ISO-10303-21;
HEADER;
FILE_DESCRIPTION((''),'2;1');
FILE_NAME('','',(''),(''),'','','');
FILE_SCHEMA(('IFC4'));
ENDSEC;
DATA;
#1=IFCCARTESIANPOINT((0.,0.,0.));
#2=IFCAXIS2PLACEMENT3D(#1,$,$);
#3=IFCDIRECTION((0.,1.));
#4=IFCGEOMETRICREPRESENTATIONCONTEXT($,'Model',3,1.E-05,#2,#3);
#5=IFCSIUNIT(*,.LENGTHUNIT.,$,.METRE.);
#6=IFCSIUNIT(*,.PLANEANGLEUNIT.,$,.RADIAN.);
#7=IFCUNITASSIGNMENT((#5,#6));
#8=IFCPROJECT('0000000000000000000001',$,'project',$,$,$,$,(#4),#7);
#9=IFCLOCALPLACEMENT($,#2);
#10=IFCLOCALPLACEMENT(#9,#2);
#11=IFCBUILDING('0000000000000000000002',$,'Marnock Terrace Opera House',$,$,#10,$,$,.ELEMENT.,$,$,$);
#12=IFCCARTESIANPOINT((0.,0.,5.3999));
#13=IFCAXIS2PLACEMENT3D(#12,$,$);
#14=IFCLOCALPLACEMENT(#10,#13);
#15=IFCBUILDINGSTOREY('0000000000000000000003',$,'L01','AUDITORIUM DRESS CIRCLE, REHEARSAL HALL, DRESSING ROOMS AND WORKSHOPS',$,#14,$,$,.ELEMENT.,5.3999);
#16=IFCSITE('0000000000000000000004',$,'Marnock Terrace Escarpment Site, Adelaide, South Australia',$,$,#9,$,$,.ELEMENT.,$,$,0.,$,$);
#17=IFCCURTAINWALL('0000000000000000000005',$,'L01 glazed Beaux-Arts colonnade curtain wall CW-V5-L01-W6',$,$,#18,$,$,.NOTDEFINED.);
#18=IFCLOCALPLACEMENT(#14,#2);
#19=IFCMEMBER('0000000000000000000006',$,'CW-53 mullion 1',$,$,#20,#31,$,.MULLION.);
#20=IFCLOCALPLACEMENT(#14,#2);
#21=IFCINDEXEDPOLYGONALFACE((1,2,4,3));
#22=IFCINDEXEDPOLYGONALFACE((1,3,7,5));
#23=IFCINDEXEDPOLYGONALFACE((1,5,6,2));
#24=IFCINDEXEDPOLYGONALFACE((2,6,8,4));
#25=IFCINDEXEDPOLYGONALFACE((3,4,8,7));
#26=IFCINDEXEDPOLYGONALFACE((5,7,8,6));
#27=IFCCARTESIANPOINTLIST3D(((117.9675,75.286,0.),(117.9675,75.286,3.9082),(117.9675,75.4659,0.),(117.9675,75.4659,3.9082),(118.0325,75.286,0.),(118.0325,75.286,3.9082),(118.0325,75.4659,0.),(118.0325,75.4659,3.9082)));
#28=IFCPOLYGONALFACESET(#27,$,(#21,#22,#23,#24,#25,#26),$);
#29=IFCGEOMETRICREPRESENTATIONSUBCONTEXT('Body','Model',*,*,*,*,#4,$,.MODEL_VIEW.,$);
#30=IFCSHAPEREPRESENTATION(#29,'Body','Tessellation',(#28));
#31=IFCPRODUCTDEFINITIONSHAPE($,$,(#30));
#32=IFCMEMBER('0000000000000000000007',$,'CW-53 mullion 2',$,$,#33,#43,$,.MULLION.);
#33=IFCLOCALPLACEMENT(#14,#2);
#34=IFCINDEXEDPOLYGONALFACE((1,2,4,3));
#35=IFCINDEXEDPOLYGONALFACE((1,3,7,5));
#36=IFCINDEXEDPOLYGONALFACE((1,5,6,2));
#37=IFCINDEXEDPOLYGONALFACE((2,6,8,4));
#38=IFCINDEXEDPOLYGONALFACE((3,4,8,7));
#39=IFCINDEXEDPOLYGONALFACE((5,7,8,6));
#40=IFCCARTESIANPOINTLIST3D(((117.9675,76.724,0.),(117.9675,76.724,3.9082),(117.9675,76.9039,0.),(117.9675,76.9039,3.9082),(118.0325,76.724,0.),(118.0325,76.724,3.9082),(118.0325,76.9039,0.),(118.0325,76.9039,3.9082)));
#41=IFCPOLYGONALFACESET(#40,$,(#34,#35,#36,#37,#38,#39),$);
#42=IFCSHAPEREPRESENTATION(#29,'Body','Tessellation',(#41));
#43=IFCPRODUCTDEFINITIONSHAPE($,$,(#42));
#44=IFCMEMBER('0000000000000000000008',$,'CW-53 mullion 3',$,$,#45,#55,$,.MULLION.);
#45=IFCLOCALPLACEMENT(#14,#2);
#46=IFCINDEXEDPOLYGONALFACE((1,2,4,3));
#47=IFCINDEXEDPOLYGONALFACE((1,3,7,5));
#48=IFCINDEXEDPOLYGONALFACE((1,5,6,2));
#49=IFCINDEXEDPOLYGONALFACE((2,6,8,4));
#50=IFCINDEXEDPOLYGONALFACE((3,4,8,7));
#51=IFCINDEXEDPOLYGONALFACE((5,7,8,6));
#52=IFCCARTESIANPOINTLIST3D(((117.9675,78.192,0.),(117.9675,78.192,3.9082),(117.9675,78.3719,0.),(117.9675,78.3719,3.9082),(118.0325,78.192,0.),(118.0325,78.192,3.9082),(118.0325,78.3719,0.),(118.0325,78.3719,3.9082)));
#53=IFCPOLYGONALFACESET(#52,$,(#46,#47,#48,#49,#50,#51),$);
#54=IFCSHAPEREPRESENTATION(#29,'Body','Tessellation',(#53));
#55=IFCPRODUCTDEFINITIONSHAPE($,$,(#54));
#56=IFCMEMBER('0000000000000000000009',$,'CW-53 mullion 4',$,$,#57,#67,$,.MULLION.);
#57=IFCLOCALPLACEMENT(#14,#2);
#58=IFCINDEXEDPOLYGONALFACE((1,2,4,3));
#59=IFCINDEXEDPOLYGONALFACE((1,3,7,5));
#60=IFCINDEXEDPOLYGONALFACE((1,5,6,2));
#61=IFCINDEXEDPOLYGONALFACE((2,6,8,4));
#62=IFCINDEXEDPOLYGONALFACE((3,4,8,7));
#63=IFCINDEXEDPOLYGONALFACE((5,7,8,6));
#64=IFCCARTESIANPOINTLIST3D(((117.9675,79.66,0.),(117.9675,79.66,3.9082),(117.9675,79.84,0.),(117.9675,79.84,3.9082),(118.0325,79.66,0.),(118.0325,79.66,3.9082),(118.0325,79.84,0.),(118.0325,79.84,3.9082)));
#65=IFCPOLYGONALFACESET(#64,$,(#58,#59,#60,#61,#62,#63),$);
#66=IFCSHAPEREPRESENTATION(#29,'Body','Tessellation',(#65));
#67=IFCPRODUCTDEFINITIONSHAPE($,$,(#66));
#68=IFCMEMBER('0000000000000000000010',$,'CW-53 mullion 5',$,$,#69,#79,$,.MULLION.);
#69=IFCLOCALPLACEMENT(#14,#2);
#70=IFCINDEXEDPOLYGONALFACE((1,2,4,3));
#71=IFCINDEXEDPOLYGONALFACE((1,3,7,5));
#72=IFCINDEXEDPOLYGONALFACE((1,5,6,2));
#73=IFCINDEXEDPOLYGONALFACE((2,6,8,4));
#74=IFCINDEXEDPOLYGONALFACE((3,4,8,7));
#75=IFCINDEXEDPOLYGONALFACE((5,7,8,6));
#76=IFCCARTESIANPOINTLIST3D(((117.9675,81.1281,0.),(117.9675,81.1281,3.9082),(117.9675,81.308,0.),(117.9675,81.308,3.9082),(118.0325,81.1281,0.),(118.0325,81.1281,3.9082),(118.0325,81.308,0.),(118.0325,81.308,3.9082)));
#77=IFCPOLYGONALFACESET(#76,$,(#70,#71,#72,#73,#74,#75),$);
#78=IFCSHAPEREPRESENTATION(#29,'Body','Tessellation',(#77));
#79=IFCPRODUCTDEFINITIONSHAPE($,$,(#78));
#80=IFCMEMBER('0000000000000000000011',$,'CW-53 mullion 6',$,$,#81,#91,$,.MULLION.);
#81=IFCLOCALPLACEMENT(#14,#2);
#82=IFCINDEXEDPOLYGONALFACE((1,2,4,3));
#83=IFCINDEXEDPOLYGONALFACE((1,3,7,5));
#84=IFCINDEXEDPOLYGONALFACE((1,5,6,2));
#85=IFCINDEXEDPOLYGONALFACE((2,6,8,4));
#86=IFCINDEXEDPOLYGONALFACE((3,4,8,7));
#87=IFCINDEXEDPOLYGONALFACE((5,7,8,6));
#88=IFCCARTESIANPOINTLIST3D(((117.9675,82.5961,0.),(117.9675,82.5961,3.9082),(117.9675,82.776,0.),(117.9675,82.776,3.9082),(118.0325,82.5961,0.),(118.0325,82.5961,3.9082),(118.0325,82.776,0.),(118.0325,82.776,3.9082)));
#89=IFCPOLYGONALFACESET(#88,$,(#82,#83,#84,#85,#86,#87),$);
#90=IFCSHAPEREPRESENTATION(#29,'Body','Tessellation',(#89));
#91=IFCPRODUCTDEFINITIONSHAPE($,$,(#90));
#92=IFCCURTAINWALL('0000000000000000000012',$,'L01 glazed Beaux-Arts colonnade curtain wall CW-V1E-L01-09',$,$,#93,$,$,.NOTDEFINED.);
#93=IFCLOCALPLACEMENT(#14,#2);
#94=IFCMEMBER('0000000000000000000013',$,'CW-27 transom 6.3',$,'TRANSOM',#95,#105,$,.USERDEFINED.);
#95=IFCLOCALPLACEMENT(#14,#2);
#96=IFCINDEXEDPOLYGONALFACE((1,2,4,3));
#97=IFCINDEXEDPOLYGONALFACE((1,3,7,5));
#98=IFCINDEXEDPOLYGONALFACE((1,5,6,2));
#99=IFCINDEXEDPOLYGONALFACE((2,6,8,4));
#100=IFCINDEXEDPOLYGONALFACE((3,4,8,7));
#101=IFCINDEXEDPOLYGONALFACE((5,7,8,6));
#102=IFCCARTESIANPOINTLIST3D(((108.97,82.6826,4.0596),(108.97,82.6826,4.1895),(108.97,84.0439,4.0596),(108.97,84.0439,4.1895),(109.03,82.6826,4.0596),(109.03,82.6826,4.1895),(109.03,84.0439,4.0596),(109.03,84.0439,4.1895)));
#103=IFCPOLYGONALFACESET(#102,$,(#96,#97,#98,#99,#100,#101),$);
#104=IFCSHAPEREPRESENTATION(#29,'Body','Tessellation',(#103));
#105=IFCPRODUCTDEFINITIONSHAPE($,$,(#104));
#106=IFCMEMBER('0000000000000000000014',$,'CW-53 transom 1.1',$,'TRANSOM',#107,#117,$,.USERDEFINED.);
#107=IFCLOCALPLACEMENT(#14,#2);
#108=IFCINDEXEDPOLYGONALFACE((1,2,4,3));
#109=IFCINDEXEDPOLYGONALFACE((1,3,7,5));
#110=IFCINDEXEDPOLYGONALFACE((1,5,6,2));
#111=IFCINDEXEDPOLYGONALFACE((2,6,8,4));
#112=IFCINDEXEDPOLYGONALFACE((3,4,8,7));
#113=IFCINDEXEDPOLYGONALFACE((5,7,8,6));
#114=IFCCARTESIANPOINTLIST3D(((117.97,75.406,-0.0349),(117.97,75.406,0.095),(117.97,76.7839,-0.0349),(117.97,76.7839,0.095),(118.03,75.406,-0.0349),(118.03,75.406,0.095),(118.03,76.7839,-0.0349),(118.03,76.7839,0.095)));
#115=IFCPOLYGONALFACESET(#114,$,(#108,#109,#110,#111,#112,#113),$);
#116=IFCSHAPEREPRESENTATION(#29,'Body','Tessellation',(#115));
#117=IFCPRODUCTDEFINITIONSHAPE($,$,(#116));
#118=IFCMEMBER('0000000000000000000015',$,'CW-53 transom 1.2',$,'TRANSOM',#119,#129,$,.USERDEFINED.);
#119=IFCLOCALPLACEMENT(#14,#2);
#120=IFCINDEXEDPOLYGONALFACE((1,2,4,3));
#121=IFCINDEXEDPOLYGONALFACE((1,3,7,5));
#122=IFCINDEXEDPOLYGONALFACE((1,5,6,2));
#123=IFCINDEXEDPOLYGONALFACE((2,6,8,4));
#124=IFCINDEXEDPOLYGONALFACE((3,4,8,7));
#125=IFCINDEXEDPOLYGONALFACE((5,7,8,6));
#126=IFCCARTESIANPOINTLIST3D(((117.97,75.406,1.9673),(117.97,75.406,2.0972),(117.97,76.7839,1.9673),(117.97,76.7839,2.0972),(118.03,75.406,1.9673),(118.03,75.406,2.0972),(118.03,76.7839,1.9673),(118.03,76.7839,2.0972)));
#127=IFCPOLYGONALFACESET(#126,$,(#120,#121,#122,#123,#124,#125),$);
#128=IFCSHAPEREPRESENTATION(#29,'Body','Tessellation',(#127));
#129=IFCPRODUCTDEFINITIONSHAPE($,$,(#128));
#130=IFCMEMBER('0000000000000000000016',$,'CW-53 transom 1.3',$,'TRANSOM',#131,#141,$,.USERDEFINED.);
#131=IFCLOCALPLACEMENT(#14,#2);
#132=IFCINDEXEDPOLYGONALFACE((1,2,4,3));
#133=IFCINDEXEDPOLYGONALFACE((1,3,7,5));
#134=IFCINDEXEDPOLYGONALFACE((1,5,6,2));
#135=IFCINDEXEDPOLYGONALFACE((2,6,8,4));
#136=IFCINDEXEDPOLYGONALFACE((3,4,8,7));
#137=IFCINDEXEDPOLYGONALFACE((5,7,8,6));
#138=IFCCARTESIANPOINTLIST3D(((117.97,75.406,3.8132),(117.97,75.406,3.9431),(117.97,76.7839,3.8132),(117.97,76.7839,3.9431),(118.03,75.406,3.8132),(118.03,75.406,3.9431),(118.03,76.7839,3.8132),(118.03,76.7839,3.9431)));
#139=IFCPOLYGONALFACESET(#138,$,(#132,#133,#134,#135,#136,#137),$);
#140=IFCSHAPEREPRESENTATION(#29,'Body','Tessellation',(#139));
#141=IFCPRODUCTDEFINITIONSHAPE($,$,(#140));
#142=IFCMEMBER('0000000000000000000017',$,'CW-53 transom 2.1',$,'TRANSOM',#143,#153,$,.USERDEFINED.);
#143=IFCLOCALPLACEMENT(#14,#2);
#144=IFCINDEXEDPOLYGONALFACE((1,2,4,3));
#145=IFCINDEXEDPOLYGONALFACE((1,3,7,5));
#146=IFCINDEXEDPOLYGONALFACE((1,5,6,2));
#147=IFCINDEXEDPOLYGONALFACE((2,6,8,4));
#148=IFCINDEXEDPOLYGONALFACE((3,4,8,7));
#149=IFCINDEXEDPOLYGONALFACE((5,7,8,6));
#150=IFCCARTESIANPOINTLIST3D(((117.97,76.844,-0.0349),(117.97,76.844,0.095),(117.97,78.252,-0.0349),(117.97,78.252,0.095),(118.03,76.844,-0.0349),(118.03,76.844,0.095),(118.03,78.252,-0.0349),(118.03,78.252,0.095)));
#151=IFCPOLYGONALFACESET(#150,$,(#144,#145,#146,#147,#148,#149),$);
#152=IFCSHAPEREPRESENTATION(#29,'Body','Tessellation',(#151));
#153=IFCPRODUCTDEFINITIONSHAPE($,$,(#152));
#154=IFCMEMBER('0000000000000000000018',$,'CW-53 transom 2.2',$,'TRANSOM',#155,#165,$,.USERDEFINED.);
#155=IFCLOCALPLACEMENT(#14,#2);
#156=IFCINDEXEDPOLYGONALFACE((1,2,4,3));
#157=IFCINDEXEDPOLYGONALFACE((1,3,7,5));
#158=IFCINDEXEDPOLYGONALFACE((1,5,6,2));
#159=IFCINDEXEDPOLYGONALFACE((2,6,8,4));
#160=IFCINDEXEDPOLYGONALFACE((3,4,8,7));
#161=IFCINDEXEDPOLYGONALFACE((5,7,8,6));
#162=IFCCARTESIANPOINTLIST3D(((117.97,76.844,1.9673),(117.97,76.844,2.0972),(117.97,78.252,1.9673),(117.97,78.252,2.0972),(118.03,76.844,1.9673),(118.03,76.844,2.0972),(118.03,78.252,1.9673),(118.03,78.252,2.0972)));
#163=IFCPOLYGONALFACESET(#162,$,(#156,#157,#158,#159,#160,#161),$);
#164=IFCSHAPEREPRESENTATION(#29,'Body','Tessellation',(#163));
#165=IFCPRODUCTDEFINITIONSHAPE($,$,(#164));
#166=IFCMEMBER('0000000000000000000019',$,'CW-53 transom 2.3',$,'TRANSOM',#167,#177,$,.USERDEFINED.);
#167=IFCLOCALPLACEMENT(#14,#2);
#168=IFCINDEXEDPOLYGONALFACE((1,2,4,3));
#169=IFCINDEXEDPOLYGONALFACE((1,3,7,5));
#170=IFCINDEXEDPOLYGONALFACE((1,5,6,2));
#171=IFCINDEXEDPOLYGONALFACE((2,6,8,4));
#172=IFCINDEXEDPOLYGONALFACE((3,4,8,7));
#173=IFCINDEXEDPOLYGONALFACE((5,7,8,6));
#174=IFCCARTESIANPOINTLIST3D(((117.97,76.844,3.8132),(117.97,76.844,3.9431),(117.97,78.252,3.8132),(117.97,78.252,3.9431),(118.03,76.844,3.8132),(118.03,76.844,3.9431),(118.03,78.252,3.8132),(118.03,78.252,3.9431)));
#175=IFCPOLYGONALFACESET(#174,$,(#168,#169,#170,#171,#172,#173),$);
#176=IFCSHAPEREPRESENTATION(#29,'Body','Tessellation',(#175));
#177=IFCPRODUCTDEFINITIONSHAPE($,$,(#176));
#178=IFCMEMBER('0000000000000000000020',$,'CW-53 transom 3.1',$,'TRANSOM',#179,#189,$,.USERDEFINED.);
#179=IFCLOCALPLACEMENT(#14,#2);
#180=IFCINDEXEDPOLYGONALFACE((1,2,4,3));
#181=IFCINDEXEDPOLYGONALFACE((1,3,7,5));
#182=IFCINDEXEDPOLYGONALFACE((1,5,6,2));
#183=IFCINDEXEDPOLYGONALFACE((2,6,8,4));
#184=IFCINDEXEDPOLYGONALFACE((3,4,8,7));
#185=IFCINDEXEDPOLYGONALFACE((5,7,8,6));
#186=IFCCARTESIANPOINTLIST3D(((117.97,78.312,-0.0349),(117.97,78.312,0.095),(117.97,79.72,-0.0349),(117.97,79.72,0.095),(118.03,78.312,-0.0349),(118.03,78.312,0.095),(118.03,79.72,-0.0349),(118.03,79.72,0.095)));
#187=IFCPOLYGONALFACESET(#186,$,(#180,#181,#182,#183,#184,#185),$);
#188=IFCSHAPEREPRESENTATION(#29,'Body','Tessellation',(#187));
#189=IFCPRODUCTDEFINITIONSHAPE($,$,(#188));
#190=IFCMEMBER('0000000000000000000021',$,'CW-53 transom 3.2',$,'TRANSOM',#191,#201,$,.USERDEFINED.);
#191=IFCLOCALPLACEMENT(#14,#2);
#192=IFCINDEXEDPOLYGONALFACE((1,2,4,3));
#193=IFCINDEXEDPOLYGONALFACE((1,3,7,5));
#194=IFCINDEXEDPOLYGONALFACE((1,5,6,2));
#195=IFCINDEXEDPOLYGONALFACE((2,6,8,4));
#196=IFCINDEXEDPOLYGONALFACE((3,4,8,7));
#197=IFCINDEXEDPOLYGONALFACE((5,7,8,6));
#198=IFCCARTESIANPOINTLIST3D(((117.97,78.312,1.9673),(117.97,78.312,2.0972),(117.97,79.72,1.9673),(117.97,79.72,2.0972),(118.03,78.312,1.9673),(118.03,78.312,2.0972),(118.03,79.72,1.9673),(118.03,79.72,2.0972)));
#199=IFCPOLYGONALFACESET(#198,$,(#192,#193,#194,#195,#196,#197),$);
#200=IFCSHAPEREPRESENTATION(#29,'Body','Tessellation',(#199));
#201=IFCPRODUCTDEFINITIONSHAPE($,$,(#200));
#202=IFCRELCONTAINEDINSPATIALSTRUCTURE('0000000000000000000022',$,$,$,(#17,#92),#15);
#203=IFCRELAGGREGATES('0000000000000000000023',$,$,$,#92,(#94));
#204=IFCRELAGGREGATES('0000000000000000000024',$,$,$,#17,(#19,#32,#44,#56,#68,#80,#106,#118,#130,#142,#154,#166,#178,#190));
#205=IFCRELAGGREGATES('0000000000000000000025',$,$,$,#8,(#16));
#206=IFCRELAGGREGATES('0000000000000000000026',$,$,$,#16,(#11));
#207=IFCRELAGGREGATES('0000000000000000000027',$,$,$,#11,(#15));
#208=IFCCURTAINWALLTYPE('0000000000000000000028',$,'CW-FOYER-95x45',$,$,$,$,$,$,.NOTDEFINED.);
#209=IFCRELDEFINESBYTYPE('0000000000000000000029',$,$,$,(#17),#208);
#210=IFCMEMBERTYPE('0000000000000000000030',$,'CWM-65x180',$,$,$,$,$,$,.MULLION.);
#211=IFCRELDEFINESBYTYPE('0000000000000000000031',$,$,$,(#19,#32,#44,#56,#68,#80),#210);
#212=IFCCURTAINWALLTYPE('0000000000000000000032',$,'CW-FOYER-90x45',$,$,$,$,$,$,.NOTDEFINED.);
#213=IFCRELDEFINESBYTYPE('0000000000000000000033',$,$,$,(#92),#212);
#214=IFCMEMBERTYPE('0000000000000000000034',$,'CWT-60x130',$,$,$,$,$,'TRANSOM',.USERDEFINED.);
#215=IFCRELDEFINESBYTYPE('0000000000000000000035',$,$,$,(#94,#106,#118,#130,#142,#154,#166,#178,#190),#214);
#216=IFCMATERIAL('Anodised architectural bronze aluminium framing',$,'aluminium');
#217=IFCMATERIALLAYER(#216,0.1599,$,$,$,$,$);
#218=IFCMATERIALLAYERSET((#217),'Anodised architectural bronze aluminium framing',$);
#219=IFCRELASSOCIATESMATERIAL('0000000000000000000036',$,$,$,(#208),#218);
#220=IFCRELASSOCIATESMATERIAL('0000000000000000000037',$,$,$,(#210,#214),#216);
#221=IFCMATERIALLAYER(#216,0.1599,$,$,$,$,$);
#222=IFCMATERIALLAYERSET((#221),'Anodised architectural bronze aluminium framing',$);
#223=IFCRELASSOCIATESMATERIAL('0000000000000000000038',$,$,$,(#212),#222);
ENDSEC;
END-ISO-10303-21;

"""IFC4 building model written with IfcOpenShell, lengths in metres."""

from ifc_helpers import new_model, si_unit, direction, frame, origin, origin_2d, place, context, subcontext, project, spatial, rectangle, extrude, material, layer, layer_set, material_profile, profile_set, type_object, element, aggregate, save


model = new_model("IFC4")

# Units and contexts
model_context = context("Model", 3, precision=1e-05, world=origin(), true_north=direction((0.0, 1.0)))
body_context = subcontext(model_context, "Body", "Model", "MODEL_VIEW")
ifc_project = project(units=[si_unit("LENGTHUNIT", "METRE"), si_unit("PLANEANGLEUNIT", "RADIAN")], contexts=[model_context])

# Site, building, storey
site_placement = place(None, origin())
site = spatial("IfcSite", under=ifc_project, at=site_placement, Name="Marnock Terrace Escarpment Site, Adelaide, South Australia", CompositionType="ELEMENT", RefElevation=0.0)
building_placement = place(site_placement, origin())
building = spatial("IfcBuilding", under=site, at=building_placement, Name="Marnock Terrace Opera House", CompositionType="ELEMENT")
storey_placement = place(building_placement, frame((0.0, 0.0, 5.3999)))
storey = spatial("IfcBuildingStorey", under=building, at=storey_placement, Name="L01", Description="AUDITORIUM DRESS CIRCLE, REHEARSAL HALL, DRESSING ROOMS AND WORKSHOPS", CompositionType="ELEMENT", Elevation=5.3999)

# Curtain wall, members
ifc_material_1 = material(Name="Anodised architectural bronze aluminium framing", Category="aluminium")
ifc_layer_1 = layer(ifc_material_1, 0.1599)
ifc_layer_set_1 = layer_set([ifc_layer_1], Name="Anodised architectural bronze aluminium framing")
curtain_wall_type_1 = type_object("IfcCurtainWallType", Name="CW-FOYER-95x45", PredefinedType="NOTDEFINED", material=ifc_layer_set_1)
curtain_wall_1_placement = place(storey_placement, origin())
curtain_wall_1 = element("IfcCurtainWall", 1, at=curtain_wall_1_placement, inside=storey, type_object=curtain_wall_type_1, Name="L01 glazed Beaux-Arts colonnade curtain wall CW-V5-L01-W6", PredefinedType="NOTDEFINED")
ifc_material_profile_1 = material_profile(ifc_material_1, rectangle(XDim=0.0649, YDim=0.1799, at=origin_2d()))
ifc_profile_set_1 = profile_set([ifc_material_profile_1], Name="Anodised architectural bronze aluminium framing")
member_type_1 = type_object("IfcMemberType", Name="CWM-65x180", PredefinedType="MULLION", material=ifc_profile_set_1)
member_1_placement = place(storey_placement, frame((118.0, 75.376, 0.0), z_axis=(0.0, 0.0, 1.0), x_axis=(-1.0, 0.0, 0.0)))
member_1 = element("IfcMember", 2, at=member_1_placement, type_object=member_type_1, Name="CW-53 mullion 1", PredefinedType="MULLION", context=body_context, shape_type="SweptSolid", body=[
    extrude(rectangle(XDim=0.0649, YDim=0.1799, at=origin_2d()), origin(), (0.0, 0.0, 1.0), 3.9082),
])
member_2_placement = place(storey_placement, frame((118.0, 76.814, 0.0), z_axis=(0.0, 0.0, 1.0), x_axis=(-1.0, 0.0, 0.0)))
member_2 = element("IfcMember", 3, at=member_2_placement, type_object=member_type_1, Name="CW-53 mullion 2", PredefinedType="MULLION", context=body_context, shape_type="SweptSolid", body=[
    extrude(rectangle(XDim=0.0649, YDim=0.1799, at=origin_2d()), origin(), (0.0, 0.0, 1.0), 3.9082),
])
member_3_placement = place(storey_placement, frame((118.0, 78.282, 0.0), z_axis=(0.0, 0.0, 1.0), x_axis=(-1.0, 0.0, 0.0)))
member_3 = element("IfcMember", 4, at=member_3_placement, type_object=member_type_1, Name="CW-53 mullion 3", PredefinedType="MULLION", context=body_context, shape_type="SweptSolid", body=[
    extrude(rectangle(XDim=0.0649, YDim=0.1799, at=origin_2d()), origin(), (0.0, 0.0, 1.0), 3.9082),
])
member_4_placement = place(storey_placement, frame((118.0, 79.75, 0.0), z_axis=(0.0, 0.0, 1.0), x_axis=(-1.0, 0.0, 0.0)))
member_4 = element("IfcMember", 5, at=member_4_placement, type_object=member_type_1, Name="CW-53 mullion 4", PredefinedType="MULLION", context=body_context, shape_type="SweptSolid", body=[
    extrude(rectangle(XDim=0.0649, YDim=0.1799, at=origin_2d()), origin(), (0.0, 0.0, 1.0), 3.9082),
])
member_5_placement = place(storey_placement, frame((118.0, 81.218, 0.0), z_axis=(0.0, 0.0, 1.0), x_axis=(-1.0, 0.0, 0.0)))
member_5 = element("IfcMember", 6, at=member_5_placement, type_object=member_type_1, Name="CW-53 mullion 5", PredefinedType="MULLION", context=body_context, shape_type="SweptSolid", body=[
    extrude(rectangle(XDim=0.0649, YDim=0.1799, at=origin_2d()), origin(), (0.0, 0.0, 1.0), 3.9082),
])
member_6_placement = place(storey_placement, frame((118.0, 82.686, 0.0), z_axis=(0.0, 0.0, 1.0), x_axis=(-1.0, 0.0, 0.0)))
member_6 = element("IfcMember", 7, at=member_6_placement, type_object=member_type_1, Name="CW-53 mullion 6", PredefinedType="MULLION", context=body_context, shape_type="SweptSolid", body=[
    extrude(rectangle(XDim=0.0649, YDim=0.1799, at=origin_2d()), origin(), (0.0, 0.0, 1.0), 3.9082),
])

# Curtain wall, member
ifc_layer_2 = layer(ifc_material_1, 0.1599)
ifc_layer_set_2 = layer_set([ifc_layer_2], Name="Anodised architectural bronze aluminium framing")
curtain_wall_type_2 = type_object("IfcCurtainWallType", Name="CW-FOYER-90x45", PredefinedType="NOTDEFINED", material=ifc_layer_set_2)
curtain_wall_2_placement = place(storey_placement, origin())
curtain_wall_2 = element("IfcCurtainWall", 8, at=curtain_wall_2_placement, inside=storey, type_object=curtain_wall_type_2, Name="L01 glazed Beaux-Arts colonnade curtain wall CW-V1E-L01-09", PredefinedType="NOTDEFINED")
ifc_material_profile_2 = material_profile(ifc_material_1, rectangle(XDim=0.0601, YDim=0.1299, at=origin_2d()))
ifc_profile_set_2 = profile_set([ifc_material_profile_2], Name="Anodised architectural bronze aluminium framing")
member_type_2 = type_object("IfcMemberType", Name="CWT-60x130", ElementType="TRANSOM", PredefinedType="USERDEFINED", material=ifc_profile_set_2)
member_7_placement = place(storey_placement, frame((109.0, 82.6826, 4.1245), z_axis=(0.0, 1.0, 0.0), x_axis=(-1.0, 0.0, 0.0)))
member_7 = element("IfcMember", 9, at=member_7_placement, type_object=member_type_2, Name="CW-27 transom 6.3", ObjectType="TRANSOM", PredefinedType="USERDEFINED", context=body_context, shape_type="SweptSolid", body=[
    extrude(rectangle(XDim=0.0601, YDim=0.1299, at=origin_2d()), origin(), (0.0, 0.0, 1.0), 1.3613),
])

# Members
member_8_placement = place(storey_placement, frame((118.0, 75.406, 0.03), z_axis=(0.0, 1.0, 0.0), x_axis=(-1.0, 0.0, 0.0)))
member_8 = element("IfcMember", 10, at=member_8_placement, type_object=member_type_2, Name="CW-53 transom 1.1", ObjectType="TRANSOM", PredefinedType="USERDEFINED", context=body_context, shape_type="SweptSolid", body=[
    extrude(rectangle(XDim=0.0601, YDim=0.1299, at=origin_2d()), origin(), (0.0, 0.0, 1.0), 1.3779),
])
member_9_placement = place(storey_placement, frame((118.0, 75.406, 2.0322), z_axis=(0.0, 1.0, 0.0), x_axis=(-1.0, 0.0, 0.0)))
member_9 = element("IfcMember", 11, at=member_9_placement, type_object=member_type_2, Name="CW-53 transom 1.2", ObjectType="TRANSOM", PredefinedType="USERDEFINED", context=body_context, shape_type="SweptSolid", body=[
    extrude(rectangle(XDim=0.0601, YDim=0.1299, at=origin_2d()), origin(), (0.0, 0.0, 1.0), 1.3779),
])
member_10_placement = place(storey_placement, frame((118.0, 75.406, 3.8782), z_axis=(0.0, 1.0, 0.0), x_axis=(-1.0, 0.0, 0.0)))
member_10 = element("IfcMember", 12, at=member_10_placement, type_object=member_type_2, Name="CW-53 transom 1.3", ObjectType="TRANSOM", PredefinedType="USERDEFINED", context=body_context, shape_type="SweptSolid", body=[
    extrude(rectangle(XDim=0.0601, YDim=0.1299, at=origin_2d()), origin(), (0.0, 0.0, 1.0), 1.3779),
])
member_11_placement = place(storey_placement, frame((118.0, 76.844, 0.03), z_axis=(0.0, 1.0, 0.0), x_axis=(-1.0, 0.0, 0.0)))
member_11 = element("IfcMember", 13, at=member_11_placement, type_object=member_type_2, Name="CW-53 transom 2.1", ObjectType="TRANSOM", PredefinedType="USERDEFINED", context=body_context, shape_type="SweptSolid", body=[
    extrude(rectangle(XDim=0.0601, YDim=0.1299, at=origin_2d()), origin(), (0.0, 0.0, 1.0), 1.408),
])
member_12_placement = place(storey_placement, frame((118.0, 76.844, 2.0322), z_axis=(0.0, 1.0, 0.0), x_axis=(-1.0, 0.0, 0.0)))
member_12 = element("IfcMember", 14, at=member_12_placement, type_object=member_type_2, Name="CW-53 transom 2.2", ObjectType="TRANSOM", PredefinedType="USERDEFINED", context=body_context, shape_type="SweptSolid", body=[
    extrude(rectangle(XDim=0.0601, YDim=0.1299, at=origin_2d()), origin(), (0.0, 0.0, 1.0), 1.408),
])
member_13_placement = place(storey_placement, frame((118.0, 76.844, 3.8782), z_axis=(0.0, 1.0, 0.0), x_axis=(-1.0, 0.0, 0.0)))
member_13 = element("IfcMember", 15, at=member_13_placement, type_object=member_type_2, Name="CW-53 transom 2.3", ObjectType="TRANSOM", PredefinedType="USERDEFINED", context=body_context, shape_type="SweptSolid", body=[
    extrude(rectangle(XDim=0.0601, YDim=0.1299, at=origin_2d()), origin(), (0.0, 0.0, 1.0), 1.408),
])
member_14_placement = place(storey_placement, frame((118.0, 78.312, 0.03), z_axis=(0.0, 1.0, 0.0), x_axis=(-1.0, 0.0, 0.0)))
member_14 = element("IfcMember", 16, at=member_14_placement, type_object=member_type_2, Name="CW-53 transom 3.1", ObjectType="TRANSOM", PredefinedType="USERDEFINED", context=body_context, shape_type="SweptSolid", body=[
    extrude(rectangle(XDim=0.0601, YDim=0.1299, at=origin_2d()), origin(), (0.0, 0.0, 1.0), 1.408),
])
member_15_placement = place(storey_placement, frame((118.0, 78.312, 2.0322), z_axis=(0.0, 1.0, 0.0), x_axis=(-1.0, 0.0, 0.0)))
member_15 = element("IfcMember", 17, at=member_15_placement, type_object=member_type_2, Name="CW-53 transom 3.2", ObjectType="TRANSOM", PredefinedType="USERDEFINED", context=body_context, shape_type="SweptSolid", body=[
    extrude(rectangle(XDim=0.0601, YDim=0.1299, at=origin_2d()), origin(), (0.0, 0.0, 1.0), 1.408),
])

aggregate(curtain_wall_2, [member_7])
aggregate(curtain_wall_1, [member_1, member_2, member_3, member_4, member_5, member_6, member_8, member_9, member_10, member_11, member_12, member_13, member_14, member_15])

save(model, "model.ifc")
